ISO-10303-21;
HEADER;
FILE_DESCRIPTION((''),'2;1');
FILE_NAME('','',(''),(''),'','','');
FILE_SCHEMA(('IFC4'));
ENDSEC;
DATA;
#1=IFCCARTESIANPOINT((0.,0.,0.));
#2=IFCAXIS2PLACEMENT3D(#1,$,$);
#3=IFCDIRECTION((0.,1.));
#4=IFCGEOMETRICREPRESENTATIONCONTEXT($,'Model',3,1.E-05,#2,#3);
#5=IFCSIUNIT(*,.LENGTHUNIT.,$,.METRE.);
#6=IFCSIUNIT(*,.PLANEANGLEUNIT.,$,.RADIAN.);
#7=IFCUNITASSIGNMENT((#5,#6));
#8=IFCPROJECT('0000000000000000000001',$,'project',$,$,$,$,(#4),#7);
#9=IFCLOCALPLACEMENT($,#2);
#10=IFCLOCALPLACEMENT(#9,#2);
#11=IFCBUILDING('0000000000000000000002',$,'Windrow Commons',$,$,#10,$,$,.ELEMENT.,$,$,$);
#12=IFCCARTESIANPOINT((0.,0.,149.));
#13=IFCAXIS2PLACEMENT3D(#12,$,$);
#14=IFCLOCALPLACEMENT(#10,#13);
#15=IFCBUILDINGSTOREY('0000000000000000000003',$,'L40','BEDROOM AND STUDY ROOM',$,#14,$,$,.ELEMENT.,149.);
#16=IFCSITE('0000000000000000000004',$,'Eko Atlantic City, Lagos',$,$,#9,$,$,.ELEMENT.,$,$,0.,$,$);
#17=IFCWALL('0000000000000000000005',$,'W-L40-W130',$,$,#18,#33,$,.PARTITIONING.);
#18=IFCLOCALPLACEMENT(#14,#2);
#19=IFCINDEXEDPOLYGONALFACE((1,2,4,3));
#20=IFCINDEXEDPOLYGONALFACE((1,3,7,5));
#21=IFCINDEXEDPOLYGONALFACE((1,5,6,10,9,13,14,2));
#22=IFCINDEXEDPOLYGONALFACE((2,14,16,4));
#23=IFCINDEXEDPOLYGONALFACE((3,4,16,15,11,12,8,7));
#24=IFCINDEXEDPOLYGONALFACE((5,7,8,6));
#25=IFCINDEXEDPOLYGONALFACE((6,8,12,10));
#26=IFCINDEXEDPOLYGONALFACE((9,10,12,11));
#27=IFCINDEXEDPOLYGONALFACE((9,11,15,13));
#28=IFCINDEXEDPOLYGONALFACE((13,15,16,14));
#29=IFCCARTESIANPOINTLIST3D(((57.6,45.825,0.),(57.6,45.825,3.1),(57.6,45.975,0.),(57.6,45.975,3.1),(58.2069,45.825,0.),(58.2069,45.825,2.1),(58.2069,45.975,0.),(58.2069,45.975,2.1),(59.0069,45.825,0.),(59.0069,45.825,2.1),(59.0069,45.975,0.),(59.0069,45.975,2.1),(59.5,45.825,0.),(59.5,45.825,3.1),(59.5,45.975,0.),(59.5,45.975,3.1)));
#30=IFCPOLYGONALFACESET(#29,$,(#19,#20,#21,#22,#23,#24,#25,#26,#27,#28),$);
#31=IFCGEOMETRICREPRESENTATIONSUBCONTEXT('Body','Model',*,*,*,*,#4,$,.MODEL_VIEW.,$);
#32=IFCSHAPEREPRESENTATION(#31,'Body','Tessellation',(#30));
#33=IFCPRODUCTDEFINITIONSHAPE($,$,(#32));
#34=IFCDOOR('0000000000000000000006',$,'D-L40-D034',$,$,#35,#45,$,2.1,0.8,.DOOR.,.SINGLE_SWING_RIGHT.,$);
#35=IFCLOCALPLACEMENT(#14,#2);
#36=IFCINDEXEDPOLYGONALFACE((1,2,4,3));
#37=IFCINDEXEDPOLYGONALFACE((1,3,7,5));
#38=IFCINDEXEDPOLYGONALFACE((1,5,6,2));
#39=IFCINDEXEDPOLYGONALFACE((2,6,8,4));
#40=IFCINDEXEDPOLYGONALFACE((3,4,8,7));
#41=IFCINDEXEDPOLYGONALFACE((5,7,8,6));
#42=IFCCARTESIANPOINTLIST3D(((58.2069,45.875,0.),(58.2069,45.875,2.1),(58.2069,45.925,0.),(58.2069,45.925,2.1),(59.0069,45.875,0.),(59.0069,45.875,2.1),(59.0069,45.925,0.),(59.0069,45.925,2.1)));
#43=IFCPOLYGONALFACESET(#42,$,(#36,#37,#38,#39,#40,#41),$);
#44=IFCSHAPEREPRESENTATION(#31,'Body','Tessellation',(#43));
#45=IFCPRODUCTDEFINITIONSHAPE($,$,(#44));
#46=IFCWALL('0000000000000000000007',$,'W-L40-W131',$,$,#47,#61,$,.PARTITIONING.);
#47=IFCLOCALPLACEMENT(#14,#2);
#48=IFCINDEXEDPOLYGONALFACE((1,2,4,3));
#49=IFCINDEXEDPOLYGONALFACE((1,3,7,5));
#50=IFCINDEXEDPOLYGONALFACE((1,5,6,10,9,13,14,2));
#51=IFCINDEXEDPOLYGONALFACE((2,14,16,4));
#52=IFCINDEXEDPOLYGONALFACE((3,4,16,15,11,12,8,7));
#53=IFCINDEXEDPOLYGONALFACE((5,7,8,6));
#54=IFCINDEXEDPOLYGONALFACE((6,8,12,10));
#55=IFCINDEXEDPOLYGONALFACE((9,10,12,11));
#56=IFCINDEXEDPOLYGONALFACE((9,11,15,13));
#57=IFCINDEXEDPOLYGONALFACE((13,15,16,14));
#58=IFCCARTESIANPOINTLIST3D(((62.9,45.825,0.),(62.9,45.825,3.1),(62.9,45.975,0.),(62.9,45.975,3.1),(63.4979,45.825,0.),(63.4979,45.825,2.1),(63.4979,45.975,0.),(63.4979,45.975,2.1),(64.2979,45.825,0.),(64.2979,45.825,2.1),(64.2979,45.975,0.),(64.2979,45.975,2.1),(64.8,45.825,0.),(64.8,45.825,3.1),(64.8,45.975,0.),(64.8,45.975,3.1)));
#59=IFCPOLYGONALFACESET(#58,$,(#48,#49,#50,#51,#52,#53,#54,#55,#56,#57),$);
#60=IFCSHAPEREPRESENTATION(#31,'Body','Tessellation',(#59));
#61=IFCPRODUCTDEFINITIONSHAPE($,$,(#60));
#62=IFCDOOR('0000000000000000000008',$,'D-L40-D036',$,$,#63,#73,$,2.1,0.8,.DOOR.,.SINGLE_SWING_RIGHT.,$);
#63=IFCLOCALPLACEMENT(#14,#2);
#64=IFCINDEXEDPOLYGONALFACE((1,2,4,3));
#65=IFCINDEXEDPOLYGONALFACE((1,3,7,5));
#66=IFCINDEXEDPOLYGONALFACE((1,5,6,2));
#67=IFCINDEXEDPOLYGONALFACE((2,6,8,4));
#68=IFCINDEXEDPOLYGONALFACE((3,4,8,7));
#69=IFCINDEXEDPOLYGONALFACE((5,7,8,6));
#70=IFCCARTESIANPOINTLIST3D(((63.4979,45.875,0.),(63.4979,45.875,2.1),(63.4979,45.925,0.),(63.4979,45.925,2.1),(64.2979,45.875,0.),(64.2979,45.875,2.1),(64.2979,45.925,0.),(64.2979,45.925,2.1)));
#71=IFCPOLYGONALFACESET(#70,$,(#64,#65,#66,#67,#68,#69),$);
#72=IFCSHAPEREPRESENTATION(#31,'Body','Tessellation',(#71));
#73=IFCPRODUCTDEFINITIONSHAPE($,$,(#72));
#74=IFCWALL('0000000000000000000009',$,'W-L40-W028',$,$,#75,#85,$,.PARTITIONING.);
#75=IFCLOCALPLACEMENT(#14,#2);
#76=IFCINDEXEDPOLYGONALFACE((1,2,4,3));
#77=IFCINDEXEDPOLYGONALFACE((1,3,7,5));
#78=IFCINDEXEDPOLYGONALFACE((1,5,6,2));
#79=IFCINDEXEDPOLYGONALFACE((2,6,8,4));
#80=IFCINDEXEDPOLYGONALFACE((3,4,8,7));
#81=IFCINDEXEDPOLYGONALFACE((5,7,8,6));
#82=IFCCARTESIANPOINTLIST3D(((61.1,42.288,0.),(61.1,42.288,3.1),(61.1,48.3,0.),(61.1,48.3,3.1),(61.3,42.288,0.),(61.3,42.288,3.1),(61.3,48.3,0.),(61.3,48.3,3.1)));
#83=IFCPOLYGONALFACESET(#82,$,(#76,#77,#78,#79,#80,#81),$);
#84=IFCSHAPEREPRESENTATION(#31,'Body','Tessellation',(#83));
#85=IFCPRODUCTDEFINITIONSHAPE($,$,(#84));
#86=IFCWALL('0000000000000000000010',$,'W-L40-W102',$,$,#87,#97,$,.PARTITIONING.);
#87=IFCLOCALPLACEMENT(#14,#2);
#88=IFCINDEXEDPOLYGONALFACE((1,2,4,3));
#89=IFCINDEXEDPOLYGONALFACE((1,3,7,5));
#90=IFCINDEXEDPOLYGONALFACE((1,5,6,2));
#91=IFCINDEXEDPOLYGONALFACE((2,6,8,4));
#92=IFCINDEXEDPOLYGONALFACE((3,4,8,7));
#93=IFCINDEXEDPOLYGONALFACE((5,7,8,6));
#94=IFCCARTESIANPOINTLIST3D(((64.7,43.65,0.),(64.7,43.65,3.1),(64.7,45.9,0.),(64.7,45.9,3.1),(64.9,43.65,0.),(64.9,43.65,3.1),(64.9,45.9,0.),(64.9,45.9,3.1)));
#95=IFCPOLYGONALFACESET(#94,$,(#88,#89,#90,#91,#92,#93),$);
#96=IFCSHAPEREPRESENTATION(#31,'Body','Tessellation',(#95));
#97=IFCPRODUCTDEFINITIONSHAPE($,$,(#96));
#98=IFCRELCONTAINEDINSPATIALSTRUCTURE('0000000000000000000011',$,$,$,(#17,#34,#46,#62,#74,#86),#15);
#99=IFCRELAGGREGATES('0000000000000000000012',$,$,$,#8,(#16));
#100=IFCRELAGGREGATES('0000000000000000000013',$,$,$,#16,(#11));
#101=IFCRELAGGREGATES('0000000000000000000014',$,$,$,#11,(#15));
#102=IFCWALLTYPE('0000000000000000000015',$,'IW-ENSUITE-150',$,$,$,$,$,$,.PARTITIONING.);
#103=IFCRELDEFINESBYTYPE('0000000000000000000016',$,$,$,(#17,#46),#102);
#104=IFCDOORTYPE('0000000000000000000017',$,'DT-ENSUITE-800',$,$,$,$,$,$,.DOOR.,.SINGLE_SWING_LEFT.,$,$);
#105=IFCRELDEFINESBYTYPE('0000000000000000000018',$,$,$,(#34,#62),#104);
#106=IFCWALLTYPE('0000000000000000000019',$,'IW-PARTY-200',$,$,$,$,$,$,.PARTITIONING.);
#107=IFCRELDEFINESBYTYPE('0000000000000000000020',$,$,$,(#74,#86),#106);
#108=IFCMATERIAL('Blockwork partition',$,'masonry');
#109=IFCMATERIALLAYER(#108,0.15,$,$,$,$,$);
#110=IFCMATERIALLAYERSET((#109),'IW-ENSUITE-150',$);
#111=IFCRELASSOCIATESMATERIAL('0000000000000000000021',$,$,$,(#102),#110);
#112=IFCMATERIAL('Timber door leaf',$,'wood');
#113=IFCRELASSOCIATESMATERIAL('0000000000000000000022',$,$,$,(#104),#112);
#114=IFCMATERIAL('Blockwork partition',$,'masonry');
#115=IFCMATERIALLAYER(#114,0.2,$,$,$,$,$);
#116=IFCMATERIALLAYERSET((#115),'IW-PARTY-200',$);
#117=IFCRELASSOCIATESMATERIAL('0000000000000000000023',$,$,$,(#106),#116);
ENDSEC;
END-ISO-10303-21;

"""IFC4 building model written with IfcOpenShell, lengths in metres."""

from ifc_helpers import new_model, si_unit, direction, frame, frame_2d, origin, place, context, subcontext, project, spatial, rectangle, extrude, material, layer, layer_set, type_object, element, fill, save


model = new_model("IFC4")

# Units and contexts
model_context = context("Model", 3, precision=1e-05, world=origin(), true_north=direction((0.0, 1.0)))
body_context = subcontext(model_context, "Body", "Model", "MODEL_VIEW")
ifc_project = project(units=[si_unit("LENGTHUNIT", "METRE"), si_unit("PLANEANGLEUNIT", "RADIAN")], contexts=[model_context])

# Site, building, storey
site_placement = place(None, origin())
site = spatial("IfcSite", under=ifc_project, at=site_placement, Name="Eko Atlantic City, Lagos", CompositionType="ELEMENT", RefElevation=0.0)
building_placement = place(site_placement, origin())
building = spatial("IfcBuilding", under=site, at=building_placement, Name="Windrow Commons", CompositionType="ELEMENT")
storey_placement = place(building_placement, frame((0.0, 0.0, 149.0)))
storey = spatial("IfcBuildingStorey", under=building, at=storey_placement, Name="L40", Description="BEDROOM AND STUDY ROOM", CompositionType="ELEMENT", Elevation=149.0)

# Shared definitions
ifc_material_1 = material(Name="Blockwork partition", Category="masonry")
ifc_layer_1 = layer(ifc_material_1, 0.15)
ifc_layer_set_1 = layer_set([ifc_layer_1], Name="IW-ENSUITE-150")
wall_type_1 = type_object("IfcWallType", Name="IW-ENSUITE-150", PredefinedType="PARTITIONING", material=ifc_layer_set_1)

# Walls, openings, doors
wall_1_placement = place(storey_placement, frame((57.6, 45.9, 0.0), z_axis=(0.0, 0.0, 1.0), x_axis=(1.0, 0.0, 0.0)))
wall_1 = element("IfcWall", 1, at=wall_1_placement, inside=storey, type_object=wall_type_1, Name="W-L40-W130", PredefinedType="PARTITIONING", context=body_context, shape_type="SweptSolid", body=[
    extrude(rectangle(XDim=1.9, YDim=0.15, at=frame_2d((0.95, 0.0))), origin(), (0.0, 0.0, 1.0), 3.1),
])
opening_1_placement = place(wall_1_placement, frame((0.6069, 0.0, 0.0)))
opening_1 = element("IfcOpeningElement", 2, at=opening_1_placement, cuts=wall_1, PredefinedType="OPENING", context=body_context, shape_type="SweptSolid", body=[
    extrude(rectangle(XDim=0.8, YDim=2.1, at=frame_2d((0.4, 1.05))), frame((0.0, 0.085, 0.0), z_axis=(0.0, -1.0, 0.0), x_axis=(1.0, 0.0, 0.0)), (0.0, 0.0, 1.0), 0.17),
])
ifc_material_2 = material(Name="Timber door leaf", Category="wood")
door_type = type_object("IfcDoorType", Name="DT-ENSUITE-800", OperationType="SINGLE_SWING_LEFT", PredefinedType="DOOR", material=ifc_material_2)
door_1_placement = place(opening_1_placement, origin())
door_1 = element("IfcDoor", 3, at=door_1_placement, inside=storey, type_object=door_type, Name="D-L40-D034", OperationType="SINGLE_SWING_RIGHT", OverallHeight=2.1, OverallWidth=0.8, PredefinedType="DOOR", context=body_context, shape_type="SweptSolid", body=[
    extrude(rectangle(XDim=0.8, YDim=2.1, at=frame_2d((0.4, 1.05))), frame((0.0, 0.025, 0.0), z_axis=(0.0, -1.0, 0.0), x_axis=(1.0, 0.0, 0.0)), (0.0, 0.0, 1.0), 0.05),
])
fill(opening_1, door_1)
wall_2_placement = place(storey_placement, frame((62.9, 45.9, 0.0), z_axis=(0.0, 0.0, 1.0), x_axis=(1.0, 0.0, 0.0)))
wall_2 = element("IfcWall", 4, at=wall_2_placement, inside=storey, type_object=wall_type_1, Name="W-L40-W131", PredefinedType="PARTITIONING", context=body_context, shape_type="SweptSolid", body=[
    extrude(rectangle(XDim=1.9, YDim=0.15, at=frame_2d((0.95, 0.0))), origin(), (0.0, 0.0, 1.0), 3.1),
])
opening_2_placement = place(wall_2_placement, frame((0.5979, 0.0, 0.0)))
opening_2 = element("IfcOpeningElement", 5, at=opening_2_placement, cuts=wall_2, PredefinedType="OPENING", context=body_context, shape_type="SweptSolid", body=[
    extrude(rectangle(XDim=0.8, YDim=2.1, at=frame_2d((0.4, 1.05))), frame((0.0, 0.085, 0.0), z_axis=(0.0, -1.0, 0.0), x_axis=(1.0, 0.0, 0.0)), (0.0, 0.0, 1.0), 0.17),
])
door_2_placement = place(opening_2_placement, origin())
door_2 = element("IfcDoor", 6, at=door_2_placement, inside=storey, type_object=door_type, Name="D-L40-D036", OperationType="SINGLE_SWING_RIGHT", OverallHeight=2.1, OverallWidth=0.8, PredefinedType="DOOR", context=body_context, shape_type="SweptSolid", body=[
    extrude(rectangle(XDim=0.8, YDim=2.1, at=frame_2d((0.4, 1.05))), frame((0.0, 0.025, 0.0), z_axis=(0.0, -1.0, 0.0), x_axis=(1.0, 0.0, 0.0)), (0.0, 0.0, 1.0), 0.05),
])
fill(opening_2, door_2)

# Walls
ifc_material_3 = material(Name="Blockwork partition", Category="masonry")
ifc_layer_2 = layer(ifc_material_3, 0.2)
ifc_layer_set_2 = layer_set([ifc_layer_2], Name="IW-PARTY-200")
wall_type_2 = type_object("IfcWallType", Name="IW-PARTY-200", PredefinedType="PARTITIONING", material=ifc_layer_set_2)
wall_3_placement = place(storey_placement, frame((61.2, 42.2881, 0.0), z_axis=(0.0, 0.0, 1.0), x_axis=(0.0, 1.0, 0.0)))
element("IfcWall", 7, at=wall_3_placement, inside=storey, type_object=wall_type_2, Name="W-L40-W028", PredefinedType="PARTITIONING", context=body_context, shape_type="SweptSolid", body=[
    extrude(rectangle(XDim=6.0119, YDim=0.2, at=frame_2d((3.0059, 0.0))), origin(), (0.0, 0.0, 1.0), 3.1),
])
wall_4_placement = place(storey_placement, frame((64.8, 43.65, 0.0), z_axis=(0.0, 0.0, 1.0), x_axis=(0.0, 1.0, 0.0)))
element("IfcWall", 8, at=wall_4_placement, inside=storey, type_object=wall_type_2, Name="W-L40-W102", PredefinedType="PARTITIONING", context=body_context, shape_type="SweptSolid", body=[
    extrude(rectangle(XDim=2.25, YDim=0.2, at=frame_2d((1.125, 0.0))), origin(), (0.0, 0.0, 1.0), 3.1),
])

save(model, "model.ifc")
